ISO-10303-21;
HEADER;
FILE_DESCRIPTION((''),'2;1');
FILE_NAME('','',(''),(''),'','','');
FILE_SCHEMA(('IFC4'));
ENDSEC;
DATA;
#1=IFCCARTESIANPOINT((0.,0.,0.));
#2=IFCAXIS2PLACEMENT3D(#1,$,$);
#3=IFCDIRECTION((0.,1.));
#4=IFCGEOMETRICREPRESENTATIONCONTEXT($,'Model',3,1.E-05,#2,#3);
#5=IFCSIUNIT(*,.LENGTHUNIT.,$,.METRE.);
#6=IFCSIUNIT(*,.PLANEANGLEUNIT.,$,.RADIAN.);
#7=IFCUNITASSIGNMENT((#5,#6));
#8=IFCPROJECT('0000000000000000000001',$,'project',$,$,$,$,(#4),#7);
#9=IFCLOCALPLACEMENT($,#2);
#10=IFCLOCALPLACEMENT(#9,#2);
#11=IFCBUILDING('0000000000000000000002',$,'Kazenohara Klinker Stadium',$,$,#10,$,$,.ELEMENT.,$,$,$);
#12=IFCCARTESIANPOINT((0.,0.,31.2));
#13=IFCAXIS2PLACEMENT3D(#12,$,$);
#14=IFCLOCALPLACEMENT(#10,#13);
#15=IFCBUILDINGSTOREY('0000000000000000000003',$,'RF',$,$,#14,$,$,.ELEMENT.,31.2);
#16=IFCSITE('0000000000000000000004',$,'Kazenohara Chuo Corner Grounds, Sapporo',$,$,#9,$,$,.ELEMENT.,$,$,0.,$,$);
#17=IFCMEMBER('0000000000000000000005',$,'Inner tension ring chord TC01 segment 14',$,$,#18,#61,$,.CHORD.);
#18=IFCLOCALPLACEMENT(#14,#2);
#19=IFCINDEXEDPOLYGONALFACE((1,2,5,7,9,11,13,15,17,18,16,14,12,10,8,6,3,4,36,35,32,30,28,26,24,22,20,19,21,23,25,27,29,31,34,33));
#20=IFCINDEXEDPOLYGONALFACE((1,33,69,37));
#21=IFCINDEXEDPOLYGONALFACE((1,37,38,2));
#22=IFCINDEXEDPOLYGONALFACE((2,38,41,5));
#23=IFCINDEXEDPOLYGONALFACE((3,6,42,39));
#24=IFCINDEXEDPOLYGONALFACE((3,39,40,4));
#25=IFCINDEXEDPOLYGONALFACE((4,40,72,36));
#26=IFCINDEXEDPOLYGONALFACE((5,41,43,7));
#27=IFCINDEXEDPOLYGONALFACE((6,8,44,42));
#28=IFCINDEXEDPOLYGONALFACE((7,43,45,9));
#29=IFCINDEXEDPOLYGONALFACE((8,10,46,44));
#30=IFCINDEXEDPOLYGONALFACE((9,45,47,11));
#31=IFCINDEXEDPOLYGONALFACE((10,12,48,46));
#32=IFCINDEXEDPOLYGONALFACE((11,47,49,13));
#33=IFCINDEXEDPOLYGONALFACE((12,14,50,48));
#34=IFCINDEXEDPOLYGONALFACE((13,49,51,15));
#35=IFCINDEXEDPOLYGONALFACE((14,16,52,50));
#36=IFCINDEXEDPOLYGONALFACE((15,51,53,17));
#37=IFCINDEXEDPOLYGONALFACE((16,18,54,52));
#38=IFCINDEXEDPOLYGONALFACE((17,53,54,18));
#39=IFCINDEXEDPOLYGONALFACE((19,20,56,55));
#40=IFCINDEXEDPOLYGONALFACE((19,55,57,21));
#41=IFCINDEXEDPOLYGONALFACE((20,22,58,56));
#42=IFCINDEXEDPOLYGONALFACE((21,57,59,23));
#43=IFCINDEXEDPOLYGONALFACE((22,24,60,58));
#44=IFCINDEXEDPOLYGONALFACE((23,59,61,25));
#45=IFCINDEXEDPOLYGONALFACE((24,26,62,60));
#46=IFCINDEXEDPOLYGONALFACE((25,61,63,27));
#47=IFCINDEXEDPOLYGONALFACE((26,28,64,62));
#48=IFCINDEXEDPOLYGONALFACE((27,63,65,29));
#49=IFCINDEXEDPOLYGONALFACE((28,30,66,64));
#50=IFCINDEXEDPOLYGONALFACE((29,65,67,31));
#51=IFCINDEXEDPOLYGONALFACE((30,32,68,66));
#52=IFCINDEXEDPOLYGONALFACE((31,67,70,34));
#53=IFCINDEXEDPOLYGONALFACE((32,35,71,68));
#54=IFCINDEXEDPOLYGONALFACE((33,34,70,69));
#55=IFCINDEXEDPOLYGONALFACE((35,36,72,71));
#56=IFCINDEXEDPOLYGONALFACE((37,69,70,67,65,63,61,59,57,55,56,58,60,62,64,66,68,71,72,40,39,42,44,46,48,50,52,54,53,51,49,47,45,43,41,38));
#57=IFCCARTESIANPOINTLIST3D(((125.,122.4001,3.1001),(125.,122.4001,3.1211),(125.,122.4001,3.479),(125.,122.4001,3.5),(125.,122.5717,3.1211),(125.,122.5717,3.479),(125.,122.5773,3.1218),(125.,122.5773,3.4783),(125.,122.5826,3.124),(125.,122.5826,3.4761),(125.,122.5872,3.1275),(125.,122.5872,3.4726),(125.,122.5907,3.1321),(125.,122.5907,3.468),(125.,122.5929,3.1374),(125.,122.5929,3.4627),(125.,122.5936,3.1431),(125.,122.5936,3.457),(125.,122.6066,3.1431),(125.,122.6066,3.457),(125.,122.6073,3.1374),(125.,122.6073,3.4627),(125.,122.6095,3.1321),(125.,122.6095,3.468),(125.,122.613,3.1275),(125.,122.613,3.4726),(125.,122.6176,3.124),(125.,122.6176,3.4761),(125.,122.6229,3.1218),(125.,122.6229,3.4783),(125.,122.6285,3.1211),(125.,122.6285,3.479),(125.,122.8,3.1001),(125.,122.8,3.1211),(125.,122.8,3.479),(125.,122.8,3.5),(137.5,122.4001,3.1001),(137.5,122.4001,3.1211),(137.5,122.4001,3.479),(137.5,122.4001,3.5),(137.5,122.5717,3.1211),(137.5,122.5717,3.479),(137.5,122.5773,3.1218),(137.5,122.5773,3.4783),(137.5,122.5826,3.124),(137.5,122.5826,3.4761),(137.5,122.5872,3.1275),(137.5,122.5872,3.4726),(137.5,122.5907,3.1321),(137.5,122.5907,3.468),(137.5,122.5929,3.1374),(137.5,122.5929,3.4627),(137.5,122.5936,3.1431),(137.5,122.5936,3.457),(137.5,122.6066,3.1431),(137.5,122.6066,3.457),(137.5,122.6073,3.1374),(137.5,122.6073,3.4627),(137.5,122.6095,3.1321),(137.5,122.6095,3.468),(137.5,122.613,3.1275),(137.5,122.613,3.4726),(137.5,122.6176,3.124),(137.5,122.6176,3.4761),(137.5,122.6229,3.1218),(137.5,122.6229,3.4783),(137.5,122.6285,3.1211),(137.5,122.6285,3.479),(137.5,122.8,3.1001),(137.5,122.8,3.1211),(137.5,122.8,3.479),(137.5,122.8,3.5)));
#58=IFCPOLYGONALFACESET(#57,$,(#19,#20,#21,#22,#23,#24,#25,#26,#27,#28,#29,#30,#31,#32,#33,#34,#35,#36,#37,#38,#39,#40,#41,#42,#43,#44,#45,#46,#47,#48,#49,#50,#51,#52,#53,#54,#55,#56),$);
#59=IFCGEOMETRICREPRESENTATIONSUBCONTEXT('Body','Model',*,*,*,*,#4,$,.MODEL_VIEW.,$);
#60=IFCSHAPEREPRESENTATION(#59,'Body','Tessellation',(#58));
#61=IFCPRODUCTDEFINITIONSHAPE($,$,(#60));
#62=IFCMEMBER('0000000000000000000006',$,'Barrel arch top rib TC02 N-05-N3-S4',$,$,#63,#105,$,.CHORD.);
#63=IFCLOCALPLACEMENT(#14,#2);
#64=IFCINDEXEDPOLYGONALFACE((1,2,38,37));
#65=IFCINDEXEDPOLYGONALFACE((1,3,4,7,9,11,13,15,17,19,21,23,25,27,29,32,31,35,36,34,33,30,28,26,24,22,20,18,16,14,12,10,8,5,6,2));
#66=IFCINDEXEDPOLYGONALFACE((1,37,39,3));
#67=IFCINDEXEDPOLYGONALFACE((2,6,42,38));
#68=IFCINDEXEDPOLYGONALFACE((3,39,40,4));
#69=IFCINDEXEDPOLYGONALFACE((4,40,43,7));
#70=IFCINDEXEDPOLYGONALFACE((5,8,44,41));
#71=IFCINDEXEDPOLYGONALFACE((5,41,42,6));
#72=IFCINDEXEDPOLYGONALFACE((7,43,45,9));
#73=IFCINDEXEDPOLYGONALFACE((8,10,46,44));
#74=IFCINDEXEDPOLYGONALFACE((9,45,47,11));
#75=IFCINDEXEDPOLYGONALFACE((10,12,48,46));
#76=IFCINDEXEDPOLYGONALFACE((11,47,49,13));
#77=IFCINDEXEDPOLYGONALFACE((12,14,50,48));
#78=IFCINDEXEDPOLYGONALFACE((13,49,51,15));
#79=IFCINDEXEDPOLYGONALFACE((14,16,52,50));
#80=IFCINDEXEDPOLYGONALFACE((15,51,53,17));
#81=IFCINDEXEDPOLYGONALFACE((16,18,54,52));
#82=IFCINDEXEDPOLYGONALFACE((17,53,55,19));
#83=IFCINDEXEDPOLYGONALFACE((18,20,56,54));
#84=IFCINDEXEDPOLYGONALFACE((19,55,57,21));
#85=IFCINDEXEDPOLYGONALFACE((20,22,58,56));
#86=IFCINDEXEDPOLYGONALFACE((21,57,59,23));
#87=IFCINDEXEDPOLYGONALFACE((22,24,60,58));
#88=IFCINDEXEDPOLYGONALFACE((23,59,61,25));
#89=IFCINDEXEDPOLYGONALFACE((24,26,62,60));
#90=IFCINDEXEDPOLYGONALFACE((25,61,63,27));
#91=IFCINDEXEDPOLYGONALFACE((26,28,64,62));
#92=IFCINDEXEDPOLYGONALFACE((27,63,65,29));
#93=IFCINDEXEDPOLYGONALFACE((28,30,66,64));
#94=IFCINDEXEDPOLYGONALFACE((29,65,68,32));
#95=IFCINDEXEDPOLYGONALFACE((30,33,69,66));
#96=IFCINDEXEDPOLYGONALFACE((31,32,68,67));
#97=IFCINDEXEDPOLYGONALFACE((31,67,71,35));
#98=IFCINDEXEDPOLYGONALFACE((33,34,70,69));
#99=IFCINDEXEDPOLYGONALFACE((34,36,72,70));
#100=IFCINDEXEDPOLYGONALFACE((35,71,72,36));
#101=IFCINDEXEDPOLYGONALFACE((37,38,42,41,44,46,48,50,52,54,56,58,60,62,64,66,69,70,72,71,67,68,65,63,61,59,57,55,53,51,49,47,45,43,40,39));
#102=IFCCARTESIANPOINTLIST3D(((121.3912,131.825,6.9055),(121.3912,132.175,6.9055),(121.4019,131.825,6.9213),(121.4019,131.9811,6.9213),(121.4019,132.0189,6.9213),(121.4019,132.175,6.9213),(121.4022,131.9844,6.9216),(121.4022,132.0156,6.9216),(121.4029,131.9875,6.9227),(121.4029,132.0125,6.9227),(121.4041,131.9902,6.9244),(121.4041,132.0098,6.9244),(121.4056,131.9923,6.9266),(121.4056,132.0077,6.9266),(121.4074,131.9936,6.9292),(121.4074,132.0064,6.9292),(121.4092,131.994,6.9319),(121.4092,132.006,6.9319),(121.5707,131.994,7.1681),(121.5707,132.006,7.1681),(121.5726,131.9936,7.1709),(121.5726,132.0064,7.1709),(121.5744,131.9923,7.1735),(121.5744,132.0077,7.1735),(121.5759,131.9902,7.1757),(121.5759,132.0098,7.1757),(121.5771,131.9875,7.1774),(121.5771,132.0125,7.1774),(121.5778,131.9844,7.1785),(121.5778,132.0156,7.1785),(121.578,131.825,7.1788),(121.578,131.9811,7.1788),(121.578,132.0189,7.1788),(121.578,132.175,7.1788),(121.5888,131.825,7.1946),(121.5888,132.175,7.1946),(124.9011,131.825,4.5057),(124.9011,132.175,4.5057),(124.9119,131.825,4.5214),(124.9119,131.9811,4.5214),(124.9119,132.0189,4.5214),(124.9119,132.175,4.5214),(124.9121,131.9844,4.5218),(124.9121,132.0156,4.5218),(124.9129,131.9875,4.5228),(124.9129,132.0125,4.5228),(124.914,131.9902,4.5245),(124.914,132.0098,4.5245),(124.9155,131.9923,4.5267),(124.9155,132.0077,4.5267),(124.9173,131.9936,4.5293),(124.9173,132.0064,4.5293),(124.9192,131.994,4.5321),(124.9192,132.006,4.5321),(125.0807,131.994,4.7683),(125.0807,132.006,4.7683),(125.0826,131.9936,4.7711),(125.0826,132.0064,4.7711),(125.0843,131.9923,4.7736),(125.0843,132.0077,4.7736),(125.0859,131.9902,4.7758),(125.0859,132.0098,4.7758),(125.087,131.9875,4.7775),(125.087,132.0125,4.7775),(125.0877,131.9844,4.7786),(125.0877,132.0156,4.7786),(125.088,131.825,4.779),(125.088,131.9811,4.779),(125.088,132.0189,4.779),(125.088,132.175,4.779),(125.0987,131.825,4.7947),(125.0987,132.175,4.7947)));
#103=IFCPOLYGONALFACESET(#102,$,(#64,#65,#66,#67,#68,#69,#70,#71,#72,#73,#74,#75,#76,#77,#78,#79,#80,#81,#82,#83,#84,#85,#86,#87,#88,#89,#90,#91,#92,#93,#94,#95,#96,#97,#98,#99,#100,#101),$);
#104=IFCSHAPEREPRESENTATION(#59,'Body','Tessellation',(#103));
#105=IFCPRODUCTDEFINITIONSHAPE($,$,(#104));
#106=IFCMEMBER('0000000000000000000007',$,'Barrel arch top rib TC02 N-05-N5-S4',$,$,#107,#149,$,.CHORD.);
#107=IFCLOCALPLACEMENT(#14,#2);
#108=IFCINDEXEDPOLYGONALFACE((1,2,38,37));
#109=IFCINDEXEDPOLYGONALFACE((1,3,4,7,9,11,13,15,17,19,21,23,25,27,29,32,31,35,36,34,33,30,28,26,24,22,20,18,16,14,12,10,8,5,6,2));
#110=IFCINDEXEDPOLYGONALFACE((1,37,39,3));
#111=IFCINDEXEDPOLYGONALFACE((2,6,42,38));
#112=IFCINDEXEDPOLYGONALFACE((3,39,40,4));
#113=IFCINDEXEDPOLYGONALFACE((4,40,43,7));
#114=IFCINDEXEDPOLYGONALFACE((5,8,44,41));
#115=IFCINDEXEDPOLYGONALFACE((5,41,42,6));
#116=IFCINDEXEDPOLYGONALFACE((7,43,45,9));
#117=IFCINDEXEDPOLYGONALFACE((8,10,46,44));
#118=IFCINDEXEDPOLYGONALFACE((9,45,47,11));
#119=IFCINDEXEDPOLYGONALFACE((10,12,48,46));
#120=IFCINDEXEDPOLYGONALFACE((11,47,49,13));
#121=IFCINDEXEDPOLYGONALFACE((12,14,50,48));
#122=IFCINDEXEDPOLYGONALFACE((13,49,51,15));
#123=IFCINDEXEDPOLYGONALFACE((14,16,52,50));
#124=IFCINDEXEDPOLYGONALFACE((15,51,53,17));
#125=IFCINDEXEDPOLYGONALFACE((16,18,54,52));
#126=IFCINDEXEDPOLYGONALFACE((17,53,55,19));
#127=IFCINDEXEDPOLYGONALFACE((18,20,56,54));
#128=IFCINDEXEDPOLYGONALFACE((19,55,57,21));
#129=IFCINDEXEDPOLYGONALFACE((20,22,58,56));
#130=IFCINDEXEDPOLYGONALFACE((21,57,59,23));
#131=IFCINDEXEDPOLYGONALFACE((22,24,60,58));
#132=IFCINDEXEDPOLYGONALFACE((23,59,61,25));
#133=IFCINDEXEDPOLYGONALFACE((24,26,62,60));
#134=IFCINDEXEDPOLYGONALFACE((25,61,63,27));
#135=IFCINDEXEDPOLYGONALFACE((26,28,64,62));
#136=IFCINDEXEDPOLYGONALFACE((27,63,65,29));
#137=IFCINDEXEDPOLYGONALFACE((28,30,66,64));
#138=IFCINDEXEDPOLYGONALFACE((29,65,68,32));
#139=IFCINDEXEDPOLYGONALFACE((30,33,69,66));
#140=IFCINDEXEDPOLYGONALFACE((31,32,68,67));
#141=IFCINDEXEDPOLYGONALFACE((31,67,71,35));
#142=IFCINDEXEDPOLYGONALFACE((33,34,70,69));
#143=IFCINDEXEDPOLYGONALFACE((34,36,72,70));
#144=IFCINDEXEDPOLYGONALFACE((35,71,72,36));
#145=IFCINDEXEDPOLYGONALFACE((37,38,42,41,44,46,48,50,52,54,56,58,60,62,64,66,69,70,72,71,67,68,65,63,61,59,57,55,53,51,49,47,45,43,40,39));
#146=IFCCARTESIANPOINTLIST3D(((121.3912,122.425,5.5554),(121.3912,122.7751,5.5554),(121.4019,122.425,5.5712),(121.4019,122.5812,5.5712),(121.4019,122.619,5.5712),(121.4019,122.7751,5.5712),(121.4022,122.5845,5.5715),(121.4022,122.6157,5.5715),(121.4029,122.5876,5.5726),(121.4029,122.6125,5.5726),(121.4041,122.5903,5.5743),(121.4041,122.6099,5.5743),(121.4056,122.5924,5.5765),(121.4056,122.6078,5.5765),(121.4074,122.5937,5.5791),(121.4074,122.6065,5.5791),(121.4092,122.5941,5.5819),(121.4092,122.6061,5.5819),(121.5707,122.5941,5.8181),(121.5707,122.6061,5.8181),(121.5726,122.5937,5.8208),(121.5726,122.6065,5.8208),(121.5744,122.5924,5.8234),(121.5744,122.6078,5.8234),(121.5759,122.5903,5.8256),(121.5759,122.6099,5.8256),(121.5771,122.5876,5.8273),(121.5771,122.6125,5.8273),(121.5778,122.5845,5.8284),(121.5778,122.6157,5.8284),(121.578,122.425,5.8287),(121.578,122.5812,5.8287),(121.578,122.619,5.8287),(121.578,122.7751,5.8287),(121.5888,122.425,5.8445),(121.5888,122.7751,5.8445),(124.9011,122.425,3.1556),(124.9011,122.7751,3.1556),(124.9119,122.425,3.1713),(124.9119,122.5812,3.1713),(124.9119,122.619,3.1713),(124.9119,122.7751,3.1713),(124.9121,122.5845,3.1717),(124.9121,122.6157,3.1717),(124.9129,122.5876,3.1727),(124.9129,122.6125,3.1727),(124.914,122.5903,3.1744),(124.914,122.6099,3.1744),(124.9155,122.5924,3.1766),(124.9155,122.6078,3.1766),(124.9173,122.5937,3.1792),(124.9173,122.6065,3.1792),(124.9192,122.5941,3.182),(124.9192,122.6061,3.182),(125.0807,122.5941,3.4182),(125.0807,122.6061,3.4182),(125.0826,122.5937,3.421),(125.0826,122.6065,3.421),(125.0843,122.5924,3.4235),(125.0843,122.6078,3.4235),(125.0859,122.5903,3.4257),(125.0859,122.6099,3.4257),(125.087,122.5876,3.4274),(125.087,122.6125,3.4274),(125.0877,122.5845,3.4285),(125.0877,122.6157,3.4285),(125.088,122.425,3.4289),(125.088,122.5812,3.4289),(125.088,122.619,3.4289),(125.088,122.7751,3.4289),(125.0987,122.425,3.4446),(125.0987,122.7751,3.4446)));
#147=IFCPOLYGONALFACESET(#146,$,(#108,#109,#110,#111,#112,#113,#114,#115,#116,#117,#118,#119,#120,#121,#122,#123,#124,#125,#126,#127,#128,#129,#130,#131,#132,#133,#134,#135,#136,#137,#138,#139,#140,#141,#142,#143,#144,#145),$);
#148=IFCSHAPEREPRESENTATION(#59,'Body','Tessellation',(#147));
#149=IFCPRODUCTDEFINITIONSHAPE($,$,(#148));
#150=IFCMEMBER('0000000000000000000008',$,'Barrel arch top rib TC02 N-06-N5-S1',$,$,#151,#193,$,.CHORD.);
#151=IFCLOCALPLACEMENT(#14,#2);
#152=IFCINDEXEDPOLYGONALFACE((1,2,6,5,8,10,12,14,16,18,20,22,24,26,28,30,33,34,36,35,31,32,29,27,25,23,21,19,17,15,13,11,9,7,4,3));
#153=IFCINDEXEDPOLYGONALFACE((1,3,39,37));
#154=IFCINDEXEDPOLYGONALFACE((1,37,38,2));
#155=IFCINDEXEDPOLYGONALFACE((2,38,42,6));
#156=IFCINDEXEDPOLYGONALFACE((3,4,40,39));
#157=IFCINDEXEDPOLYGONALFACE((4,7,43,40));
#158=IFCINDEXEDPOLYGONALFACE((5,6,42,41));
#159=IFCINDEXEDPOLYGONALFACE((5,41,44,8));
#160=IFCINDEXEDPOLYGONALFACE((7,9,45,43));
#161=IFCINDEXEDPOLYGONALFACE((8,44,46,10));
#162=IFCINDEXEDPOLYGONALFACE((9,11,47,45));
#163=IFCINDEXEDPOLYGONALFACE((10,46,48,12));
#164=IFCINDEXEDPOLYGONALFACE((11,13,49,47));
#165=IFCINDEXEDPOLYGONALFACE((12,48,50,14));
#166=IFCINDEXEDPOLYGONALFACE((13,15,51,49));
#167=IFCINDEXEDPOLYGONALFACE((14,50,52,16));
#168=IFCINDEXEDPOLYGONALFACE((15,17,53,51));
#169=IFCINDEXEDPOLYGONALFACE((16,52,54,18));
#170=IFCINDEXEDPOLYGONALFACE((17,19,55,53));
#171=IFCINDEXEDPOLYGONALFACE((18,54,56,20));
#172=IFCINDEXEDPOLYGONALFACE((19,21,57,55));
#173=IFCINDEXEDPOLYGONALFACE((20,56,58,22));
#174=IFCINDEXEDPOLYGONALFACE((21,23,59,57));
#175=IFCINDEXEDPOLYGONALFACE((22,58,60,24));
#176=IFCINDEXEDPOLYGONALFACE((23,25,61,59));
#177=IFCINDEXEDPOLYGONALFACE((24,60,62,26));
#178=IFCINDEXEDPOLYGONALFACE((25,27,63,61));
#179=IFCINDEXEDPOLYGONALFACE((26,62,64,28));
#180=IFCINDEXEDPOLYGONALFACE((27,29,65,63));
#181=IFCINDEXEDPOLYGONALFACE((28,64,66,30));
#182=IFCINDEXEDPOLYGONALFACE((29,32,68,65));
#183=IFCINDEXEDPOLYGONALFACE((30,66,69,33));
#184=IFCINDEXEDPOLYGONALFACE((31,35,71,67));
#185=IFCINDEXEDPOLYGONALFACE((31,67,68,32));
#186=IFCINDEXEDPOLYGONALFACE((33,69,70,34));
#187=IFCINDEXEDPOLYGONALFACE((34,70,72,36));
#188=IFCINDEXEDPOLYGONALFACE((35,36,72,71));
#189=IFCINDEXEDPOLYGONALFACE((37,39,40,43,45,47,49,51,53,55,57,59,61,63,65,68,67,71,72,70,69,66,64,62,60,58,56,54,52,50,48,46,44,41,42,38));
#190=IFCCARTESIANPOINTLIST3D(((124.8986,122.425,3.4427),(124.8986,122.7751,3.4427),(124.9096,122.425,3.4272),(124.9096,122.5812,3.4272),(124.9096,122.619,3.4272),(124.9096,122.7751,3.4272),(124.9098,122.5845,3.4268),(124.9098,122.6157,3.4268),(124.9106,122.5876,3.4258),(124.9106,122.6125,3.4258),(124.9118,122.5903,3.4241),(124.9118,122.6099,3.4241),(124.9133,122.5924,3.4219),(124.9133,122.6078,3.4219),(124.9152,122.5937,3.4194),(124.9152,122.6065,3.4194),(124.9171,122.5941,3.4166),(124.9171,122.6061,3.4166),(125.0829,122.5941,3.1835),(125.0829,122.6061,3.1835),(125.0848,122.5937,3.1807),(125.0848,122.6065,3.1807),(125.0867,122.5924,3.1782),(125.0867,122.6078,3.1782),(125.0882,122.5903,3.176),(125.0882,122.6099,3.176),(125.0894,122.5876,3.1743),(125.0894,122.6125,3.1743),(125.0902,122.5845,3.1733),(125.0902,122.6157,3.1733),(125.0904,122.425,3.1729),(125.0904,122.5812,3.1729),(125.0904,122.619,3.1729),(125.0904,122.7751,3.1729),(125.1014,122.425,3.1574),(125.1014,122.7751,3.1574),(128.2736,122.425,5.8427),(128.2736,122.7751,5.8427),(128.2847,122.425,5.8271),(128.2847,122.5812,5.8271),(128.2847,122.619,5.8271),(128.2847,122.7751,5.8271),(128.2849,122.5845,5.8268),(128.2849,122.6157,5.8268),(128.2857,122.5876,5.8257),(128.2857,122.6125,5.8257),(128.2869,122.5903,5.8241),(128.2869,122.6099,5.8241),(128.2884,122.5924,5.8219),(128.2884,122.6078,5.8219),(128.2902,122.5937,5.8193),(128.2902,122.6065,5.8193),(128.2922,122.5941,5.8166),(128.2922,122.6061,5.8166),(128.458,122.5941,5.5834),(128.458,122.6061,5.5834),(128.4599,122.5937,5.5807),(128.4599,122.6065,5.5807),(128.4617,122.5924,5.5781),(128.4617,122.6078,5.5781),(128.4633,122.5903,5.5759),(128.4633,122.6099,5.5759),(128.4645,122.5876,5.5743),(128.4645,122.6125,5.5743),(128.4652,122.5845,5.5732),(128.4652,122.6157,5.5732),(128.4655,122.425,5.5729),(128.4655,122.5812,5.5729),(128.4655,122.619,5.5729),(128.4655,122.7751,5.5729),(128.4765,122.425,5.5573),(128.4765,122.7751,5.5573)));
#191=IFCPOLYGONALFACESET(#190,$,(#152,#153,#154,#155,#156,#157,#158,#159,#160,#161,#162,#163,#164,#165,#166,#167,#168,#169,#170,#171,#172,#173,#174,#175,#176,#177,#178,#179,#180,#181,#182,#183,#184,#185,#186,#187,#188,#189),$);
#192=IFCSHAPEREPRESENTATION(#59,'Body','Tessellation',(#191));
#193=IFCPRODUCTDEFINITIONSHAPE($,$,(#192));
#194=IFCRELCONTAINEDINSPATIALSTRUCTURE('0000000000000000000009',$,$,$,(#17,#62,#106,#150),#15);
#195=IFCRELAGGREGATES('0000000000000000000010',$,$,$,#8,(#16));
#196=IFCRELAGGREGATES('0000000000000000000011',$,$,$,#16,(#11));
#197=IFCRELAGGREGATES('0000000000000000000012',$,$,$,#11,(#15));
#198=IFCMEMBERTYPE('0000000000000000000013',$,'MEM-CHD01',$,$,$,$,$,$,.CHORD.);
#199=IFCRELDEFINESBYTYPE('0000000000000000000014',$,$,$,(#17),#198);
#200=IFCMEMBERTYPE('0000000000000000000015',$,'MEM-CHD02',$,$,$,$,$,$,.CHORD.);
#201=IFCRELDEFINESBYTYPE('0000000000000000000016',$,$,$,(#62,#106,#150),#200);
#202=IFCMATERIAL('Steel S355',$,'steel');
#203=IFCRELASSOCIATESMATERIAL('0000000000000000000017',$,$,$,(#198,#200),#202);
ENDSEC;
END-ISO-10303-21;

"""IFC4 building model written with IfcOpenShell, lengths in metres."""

from ifc_helpers import new_model, si_unit, direction, frame, origin, origin_2d, place, context, subcontext, project, spatial, i_section, extrude, material, material_profile, profile_set, type_object, element, save


model = new_model("IFC4")

# Units and contexts
model_context = context("Model", 3, precision=1e-05, world=origin(), true_north=direction((0.0, 1.0)))
body_context = subcontext(model_context, "Body", "Model", "MODEL_VIEW")
ifc_project = project(units=[si_unit("LENGTHUNIT", "METRE"), si_unit("PLANEANGLEUNIT", "RADIAN")], contexts=[model_context])

# Site, building, storey
site_placement = place(None, origin())
site = spatial("IfcSite", under=ifc_project, at=site_placement, Name="Kazenohara Chuo Corner Grounds, Sapporo", CompositionType="ELEMENT", RefElevation=0.0)
building_placement = place(site_placement, origin())
building = spatial("IfcBuilding", under=site, at=building_placement, Name="Kazenohara Klinker Stadium", CompositionType="ELEMENT")
storey_placement = place(building_placement, frame((0.0, 0.0, 31.2)))
storey = spatial("IfcBuildingStorey", under=building, at=storey_placement, Name="RF", CompositionType="ELEMENT", Elevation=31.2)

# Members
ifc_material_1 = material(Name="Steel S355", Category="steel")
ifc_material_profile_1 = material_profile(ifc_material_1, i_section(OverallWidth=0.3999, OverallDepth=0.3999, WebThickness=0.0129, FlangeThickness=0.021, FilletRadius=0.022, at=origin_2d()), Name="H-400x400x13x21")
ifc_profile_set_1 = profile_set([ifc_material_profile_1], Name="Steel S355")
member_type_1 = type_object("IfcMemberType", Name="MEM-CHD01", PredefinedType="CHORD", material=ifc_profile_set_1)
member_1_placement = place(storey_placement, frame((125.0, 122.6001, 3.3), z_axis=(1.0, 0.0, 0.0), x_axis=(0.0, 1.0, 0.0)))
element("IfcMember", 1, at=member_1_placement, inside=storey, type_object=member_type_1, Name="Inner tension ring chord TC01 segment 14", PredefinedType="CHORD", context=body_context, shape_type="SweptSolid", body=[
    extrude(i_section(OverallWidth=0.3999, OverallDepth=0.3999, WebThickness=0.0129, FlangeThickness=0.021, FilletRadius=0.022, at=origin_2d()), origin(), (0.0, 0.0, 1.0), 12.5),
])
ifc_material_profile_2 = material_profile(ifc_material_1, i_section(OverallWidth=0.3501, OverallDepth=0.3501, WebThickness=0.012, FlangeThickness=0.019, FilletRadius=0.0129, at=origin_2d()), Name="H-350x350x12x19")
ifc_profile_set_2 = profile_set([ifc_material_profile_2], Name="Steel S355")
member_type_2 = type_object("IfcMemberType", Name="MEM-CHD02", PredefinedType="CHORD", material=ifc_profile_set_2)
for number, where, z_axis, x_axis, name in (
    (2, (121.49, 132.0, 7.05), (0.825492, 0.0, -0.564414), (0.0, 1.0, 0.0), "Barrel arch top rib TC02 N-05-N3-S4"),
    (3, (121.49, 122.6001, 5.7), (0.825492, 0.0, -0.564414), (0.0, 1.0, 0.0), "Barrel arch top rib TC02 N-05-N5-S4"),
):
    element("IfcMember", number, at=place(storey_placement, frame(where, z_axis=z_axis, x_axis=x_axis)), inside=storey, type_object=member_type_2, Name=name, PredefinedType="CHORD", context=body_context, shape_type="SweptSolid", body=[
        extrude(i_section(OverallWidth=0.3501, OverallDepth=0.3501, WebThickness=0.012, FlangeThickness=0.019, FilletRadius=0.0129, at=origin_2d()), origin(), (0.0, 0.0, 1.0), 4.252),
    ])
member_2_placement = place(storey_placement, frame((125.0, 122.6001, 3.3), z_axis=(0.814966, 0.0, 0.579508), x_axis=(0.0, 1.0, 0.0)))
element("IfcMember", 4, at=member_2_placement, inside=storey, type_object=member_type_2, Name="Barrel arch top rib TC02 N-06-N5-S1", PredefinedType="CHORD", context=body_context, shape_type="SweptSolid", body=[
    extrude(i_section(OverallWidth=0.3501, OverallDepth=0.3501, WebThickness=0.012, FlangeThickness=0.019, FilletRadius=0.0129, at=origin_2d()), origin(), (0.0, 0.0, 1.0), 4.1414),
])

save(model, "model.ifc")
